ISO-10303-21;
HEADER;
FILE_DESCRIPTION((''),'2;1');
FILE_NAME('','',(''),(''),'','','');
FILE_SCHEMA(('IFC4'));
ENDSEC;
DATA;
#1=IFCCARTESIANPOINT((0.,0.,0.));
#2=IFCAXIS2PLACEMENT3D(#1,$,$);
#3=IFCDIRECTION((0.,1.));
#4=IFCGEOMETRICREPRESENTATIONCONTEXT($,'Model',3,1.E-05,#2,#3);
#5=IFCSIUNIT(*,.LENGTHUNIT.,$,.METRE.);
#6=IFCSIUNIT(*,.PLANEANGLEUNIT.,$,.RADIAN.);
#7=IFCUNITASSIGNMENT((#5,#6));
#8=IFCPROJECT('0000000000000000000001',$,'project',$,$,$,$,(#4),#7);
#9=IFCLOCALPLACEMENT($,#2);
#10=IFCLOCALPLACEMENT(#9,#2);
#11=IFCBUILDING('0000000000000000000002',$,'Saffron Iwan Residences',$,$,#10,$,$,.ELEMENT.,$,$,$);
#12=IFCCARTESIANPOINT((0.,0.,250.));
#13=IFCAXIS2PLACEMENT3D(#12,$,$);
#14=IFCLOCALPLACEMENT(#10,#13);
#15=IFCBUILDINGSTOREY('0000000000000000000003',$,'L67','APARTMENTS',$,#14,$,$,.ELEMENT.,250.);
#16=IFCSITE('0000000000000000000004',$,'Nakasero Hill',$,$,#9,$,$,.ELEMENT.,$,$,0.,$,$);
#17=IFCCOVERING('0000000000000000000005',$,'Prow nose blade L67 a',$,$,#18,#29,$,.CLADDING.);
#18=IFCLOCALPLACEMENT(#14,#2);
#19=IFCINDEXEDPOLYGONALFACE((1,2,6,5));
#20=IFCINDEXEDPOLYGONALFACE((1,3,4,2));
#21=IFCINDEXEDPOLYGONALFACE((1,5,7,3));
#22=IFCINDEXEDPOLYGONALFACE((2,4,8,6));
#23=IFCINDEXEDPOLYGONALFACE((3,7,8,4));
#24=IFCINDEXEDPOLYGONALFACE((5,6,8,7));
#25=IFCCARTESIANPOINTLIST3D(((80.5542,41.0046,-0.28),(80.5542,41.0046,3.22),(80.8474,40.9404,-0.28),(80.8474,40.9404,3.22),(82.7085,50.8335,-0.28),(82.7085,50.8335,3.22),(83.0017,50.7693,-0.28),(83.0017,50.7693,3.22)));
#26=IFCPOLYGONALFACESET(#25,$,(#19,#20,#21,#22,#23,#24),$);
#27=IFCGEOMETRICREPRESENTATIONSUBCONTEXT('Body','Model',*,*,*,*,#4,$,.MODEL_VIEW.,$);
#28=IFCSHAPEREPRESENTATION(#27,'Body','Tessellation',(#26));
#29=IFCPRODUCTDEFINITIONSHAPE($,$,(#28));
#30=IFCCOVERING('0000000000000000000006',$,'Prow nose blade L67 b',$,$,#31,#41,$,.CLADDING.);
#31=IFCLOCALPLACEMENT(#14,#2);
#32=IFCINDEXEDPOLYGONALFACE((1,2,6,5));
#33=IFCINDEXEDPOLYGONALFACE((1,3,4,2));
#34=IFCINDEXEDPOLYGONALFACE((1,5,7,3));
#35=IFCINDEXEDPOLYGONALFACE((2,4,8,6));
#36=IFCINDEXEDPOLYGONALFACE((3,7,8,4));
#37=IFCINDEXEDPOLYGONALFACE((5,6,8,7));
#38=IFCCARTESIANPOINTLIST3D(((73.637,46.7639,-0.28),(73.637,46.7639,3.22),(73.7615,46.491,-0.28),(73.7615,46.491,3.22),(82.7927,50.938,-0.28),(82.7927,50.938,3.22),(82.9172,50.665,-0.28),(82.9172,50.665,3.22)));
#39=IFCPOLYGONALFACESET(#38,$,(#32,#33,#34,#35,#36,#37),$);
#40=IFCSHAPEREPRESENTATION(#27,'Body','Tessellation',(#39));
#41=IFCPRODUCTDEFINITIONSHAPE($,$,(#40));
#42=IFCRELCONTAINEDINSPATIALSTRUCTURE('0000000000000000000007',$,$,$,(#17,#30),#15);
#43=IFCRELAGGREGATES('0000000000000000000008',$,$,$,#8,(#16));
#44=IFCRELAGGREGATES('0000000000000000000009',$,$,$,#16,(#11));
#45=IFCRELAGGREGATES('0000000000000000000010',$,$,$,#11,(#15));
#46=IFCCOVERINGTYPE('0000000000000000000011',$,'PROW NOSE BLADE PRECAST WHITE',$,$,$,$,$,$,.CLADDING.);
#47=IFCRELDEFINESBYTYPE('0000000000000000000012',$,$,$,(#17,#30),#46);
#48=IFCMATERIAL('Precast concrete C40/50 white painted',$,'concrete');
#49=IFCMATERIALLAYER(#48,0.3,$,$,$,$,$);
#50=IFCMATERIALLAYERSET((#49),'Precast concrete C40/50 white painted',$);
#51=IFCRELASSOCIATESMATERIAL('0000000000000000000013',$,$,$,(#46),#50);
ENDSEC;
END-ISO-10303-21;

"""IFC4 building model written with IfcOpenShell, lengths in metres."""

from ifc_helpers import new_model, si_unit, direction, frame, origin, place, context, subcontext, project, spatial, polyline, outline, extrude, material, layer, layer_set, type_object, element, save


model = new_model("IFC4")

# Units and contexts
model_context = context("Model", 3, precision=1e-05, world=origin(), true_north=direction((0.0, 1.0)))
body_context = subcontext(model_context, "Body", "Model", "MODEL_VIEW")
ifc_project = project(units=[si_unit("LENGTHUNIT", "METRE"), si_unit("PLANEANGLEUNIT", "RADIAN")], contexts=[model_context])

# Site, building, storey
site_placement = place(None, origin())
site = spatial("IfcSite", under=ifc_project, at=site_placement, Name="Nakasero Hill", CompositionType="ELEMENT", RefElevation=0.0)
building_placement = place(site_placement, origin())
building = spatial("IfcBuilding", under=site, at=building_placement, Name="Saffron Iwan Residences", CompositionType="ELEMENT")
storey_placement = place(building_placement, frame((0.0, 0.0, 250.0)))
storey = spatial("IfcBuildingStorey", under=building, at=storey_placement, Name="L67", Description="APARTMENTS", CompositionType="ELEMENT", Elevation=250.0)

# Coverings
ifc_material_1 = material(Name="Precast concrete C40/50 white painted", Category="concrete")
ifc_layer_1 = layer(ifc_material_1, 0.3)
ifc_layer_set_1 = layer_set([ifc_layer_1], Name="Precast concrete C40/50 white painted")
covering_type_1 = type_object("IfcCoveringType", Name="PROW NOSE BLADE PRECAST WHITE", PredefinedType="CLADDING", material=ifc_layer_set_1)
covering_1_placement = place(storey_placement, frame((0.0, 0.0, -0.28)))
element("IfcCovering", 1, at=covering_1_placement, inside=storey, type_object=covering_type_1, Name="Prow nose blade L67 a", PredefinedType="CLADDING", context=body_context, shape_type="SweptSolid", body=[
    extrude(outline(polyline([(80.8474, 40.9404), (83.0017, 50.7693), (82.7085, 50.8335), (80.5542, 41.0046), (80.8474, 40.9404)])), origin(), (0.0, 0.0, 1.0), 3.5),
])
covering_2_placement = place(storey_placement, frame((0.0, 0.0, -0.28)))
element("IfcCovering", 2, at=covering_2_placement, inside=storey, type_object=covering_type_1, Name="Prow nose blade L67 b", PredefinedType="CLADDING", context=body_context, shape_type="SweptSolid", body=[
    extrude(outline(polyline([(73.7615, 46.491), (82.9172, 50.665), (82.7927, 50.938), (73.637, 46.7639), (73.7615, 46.491)])), origin(), (0.0, 0.0, 1.0), 3.5),
])

save(model, "model.ifc")
